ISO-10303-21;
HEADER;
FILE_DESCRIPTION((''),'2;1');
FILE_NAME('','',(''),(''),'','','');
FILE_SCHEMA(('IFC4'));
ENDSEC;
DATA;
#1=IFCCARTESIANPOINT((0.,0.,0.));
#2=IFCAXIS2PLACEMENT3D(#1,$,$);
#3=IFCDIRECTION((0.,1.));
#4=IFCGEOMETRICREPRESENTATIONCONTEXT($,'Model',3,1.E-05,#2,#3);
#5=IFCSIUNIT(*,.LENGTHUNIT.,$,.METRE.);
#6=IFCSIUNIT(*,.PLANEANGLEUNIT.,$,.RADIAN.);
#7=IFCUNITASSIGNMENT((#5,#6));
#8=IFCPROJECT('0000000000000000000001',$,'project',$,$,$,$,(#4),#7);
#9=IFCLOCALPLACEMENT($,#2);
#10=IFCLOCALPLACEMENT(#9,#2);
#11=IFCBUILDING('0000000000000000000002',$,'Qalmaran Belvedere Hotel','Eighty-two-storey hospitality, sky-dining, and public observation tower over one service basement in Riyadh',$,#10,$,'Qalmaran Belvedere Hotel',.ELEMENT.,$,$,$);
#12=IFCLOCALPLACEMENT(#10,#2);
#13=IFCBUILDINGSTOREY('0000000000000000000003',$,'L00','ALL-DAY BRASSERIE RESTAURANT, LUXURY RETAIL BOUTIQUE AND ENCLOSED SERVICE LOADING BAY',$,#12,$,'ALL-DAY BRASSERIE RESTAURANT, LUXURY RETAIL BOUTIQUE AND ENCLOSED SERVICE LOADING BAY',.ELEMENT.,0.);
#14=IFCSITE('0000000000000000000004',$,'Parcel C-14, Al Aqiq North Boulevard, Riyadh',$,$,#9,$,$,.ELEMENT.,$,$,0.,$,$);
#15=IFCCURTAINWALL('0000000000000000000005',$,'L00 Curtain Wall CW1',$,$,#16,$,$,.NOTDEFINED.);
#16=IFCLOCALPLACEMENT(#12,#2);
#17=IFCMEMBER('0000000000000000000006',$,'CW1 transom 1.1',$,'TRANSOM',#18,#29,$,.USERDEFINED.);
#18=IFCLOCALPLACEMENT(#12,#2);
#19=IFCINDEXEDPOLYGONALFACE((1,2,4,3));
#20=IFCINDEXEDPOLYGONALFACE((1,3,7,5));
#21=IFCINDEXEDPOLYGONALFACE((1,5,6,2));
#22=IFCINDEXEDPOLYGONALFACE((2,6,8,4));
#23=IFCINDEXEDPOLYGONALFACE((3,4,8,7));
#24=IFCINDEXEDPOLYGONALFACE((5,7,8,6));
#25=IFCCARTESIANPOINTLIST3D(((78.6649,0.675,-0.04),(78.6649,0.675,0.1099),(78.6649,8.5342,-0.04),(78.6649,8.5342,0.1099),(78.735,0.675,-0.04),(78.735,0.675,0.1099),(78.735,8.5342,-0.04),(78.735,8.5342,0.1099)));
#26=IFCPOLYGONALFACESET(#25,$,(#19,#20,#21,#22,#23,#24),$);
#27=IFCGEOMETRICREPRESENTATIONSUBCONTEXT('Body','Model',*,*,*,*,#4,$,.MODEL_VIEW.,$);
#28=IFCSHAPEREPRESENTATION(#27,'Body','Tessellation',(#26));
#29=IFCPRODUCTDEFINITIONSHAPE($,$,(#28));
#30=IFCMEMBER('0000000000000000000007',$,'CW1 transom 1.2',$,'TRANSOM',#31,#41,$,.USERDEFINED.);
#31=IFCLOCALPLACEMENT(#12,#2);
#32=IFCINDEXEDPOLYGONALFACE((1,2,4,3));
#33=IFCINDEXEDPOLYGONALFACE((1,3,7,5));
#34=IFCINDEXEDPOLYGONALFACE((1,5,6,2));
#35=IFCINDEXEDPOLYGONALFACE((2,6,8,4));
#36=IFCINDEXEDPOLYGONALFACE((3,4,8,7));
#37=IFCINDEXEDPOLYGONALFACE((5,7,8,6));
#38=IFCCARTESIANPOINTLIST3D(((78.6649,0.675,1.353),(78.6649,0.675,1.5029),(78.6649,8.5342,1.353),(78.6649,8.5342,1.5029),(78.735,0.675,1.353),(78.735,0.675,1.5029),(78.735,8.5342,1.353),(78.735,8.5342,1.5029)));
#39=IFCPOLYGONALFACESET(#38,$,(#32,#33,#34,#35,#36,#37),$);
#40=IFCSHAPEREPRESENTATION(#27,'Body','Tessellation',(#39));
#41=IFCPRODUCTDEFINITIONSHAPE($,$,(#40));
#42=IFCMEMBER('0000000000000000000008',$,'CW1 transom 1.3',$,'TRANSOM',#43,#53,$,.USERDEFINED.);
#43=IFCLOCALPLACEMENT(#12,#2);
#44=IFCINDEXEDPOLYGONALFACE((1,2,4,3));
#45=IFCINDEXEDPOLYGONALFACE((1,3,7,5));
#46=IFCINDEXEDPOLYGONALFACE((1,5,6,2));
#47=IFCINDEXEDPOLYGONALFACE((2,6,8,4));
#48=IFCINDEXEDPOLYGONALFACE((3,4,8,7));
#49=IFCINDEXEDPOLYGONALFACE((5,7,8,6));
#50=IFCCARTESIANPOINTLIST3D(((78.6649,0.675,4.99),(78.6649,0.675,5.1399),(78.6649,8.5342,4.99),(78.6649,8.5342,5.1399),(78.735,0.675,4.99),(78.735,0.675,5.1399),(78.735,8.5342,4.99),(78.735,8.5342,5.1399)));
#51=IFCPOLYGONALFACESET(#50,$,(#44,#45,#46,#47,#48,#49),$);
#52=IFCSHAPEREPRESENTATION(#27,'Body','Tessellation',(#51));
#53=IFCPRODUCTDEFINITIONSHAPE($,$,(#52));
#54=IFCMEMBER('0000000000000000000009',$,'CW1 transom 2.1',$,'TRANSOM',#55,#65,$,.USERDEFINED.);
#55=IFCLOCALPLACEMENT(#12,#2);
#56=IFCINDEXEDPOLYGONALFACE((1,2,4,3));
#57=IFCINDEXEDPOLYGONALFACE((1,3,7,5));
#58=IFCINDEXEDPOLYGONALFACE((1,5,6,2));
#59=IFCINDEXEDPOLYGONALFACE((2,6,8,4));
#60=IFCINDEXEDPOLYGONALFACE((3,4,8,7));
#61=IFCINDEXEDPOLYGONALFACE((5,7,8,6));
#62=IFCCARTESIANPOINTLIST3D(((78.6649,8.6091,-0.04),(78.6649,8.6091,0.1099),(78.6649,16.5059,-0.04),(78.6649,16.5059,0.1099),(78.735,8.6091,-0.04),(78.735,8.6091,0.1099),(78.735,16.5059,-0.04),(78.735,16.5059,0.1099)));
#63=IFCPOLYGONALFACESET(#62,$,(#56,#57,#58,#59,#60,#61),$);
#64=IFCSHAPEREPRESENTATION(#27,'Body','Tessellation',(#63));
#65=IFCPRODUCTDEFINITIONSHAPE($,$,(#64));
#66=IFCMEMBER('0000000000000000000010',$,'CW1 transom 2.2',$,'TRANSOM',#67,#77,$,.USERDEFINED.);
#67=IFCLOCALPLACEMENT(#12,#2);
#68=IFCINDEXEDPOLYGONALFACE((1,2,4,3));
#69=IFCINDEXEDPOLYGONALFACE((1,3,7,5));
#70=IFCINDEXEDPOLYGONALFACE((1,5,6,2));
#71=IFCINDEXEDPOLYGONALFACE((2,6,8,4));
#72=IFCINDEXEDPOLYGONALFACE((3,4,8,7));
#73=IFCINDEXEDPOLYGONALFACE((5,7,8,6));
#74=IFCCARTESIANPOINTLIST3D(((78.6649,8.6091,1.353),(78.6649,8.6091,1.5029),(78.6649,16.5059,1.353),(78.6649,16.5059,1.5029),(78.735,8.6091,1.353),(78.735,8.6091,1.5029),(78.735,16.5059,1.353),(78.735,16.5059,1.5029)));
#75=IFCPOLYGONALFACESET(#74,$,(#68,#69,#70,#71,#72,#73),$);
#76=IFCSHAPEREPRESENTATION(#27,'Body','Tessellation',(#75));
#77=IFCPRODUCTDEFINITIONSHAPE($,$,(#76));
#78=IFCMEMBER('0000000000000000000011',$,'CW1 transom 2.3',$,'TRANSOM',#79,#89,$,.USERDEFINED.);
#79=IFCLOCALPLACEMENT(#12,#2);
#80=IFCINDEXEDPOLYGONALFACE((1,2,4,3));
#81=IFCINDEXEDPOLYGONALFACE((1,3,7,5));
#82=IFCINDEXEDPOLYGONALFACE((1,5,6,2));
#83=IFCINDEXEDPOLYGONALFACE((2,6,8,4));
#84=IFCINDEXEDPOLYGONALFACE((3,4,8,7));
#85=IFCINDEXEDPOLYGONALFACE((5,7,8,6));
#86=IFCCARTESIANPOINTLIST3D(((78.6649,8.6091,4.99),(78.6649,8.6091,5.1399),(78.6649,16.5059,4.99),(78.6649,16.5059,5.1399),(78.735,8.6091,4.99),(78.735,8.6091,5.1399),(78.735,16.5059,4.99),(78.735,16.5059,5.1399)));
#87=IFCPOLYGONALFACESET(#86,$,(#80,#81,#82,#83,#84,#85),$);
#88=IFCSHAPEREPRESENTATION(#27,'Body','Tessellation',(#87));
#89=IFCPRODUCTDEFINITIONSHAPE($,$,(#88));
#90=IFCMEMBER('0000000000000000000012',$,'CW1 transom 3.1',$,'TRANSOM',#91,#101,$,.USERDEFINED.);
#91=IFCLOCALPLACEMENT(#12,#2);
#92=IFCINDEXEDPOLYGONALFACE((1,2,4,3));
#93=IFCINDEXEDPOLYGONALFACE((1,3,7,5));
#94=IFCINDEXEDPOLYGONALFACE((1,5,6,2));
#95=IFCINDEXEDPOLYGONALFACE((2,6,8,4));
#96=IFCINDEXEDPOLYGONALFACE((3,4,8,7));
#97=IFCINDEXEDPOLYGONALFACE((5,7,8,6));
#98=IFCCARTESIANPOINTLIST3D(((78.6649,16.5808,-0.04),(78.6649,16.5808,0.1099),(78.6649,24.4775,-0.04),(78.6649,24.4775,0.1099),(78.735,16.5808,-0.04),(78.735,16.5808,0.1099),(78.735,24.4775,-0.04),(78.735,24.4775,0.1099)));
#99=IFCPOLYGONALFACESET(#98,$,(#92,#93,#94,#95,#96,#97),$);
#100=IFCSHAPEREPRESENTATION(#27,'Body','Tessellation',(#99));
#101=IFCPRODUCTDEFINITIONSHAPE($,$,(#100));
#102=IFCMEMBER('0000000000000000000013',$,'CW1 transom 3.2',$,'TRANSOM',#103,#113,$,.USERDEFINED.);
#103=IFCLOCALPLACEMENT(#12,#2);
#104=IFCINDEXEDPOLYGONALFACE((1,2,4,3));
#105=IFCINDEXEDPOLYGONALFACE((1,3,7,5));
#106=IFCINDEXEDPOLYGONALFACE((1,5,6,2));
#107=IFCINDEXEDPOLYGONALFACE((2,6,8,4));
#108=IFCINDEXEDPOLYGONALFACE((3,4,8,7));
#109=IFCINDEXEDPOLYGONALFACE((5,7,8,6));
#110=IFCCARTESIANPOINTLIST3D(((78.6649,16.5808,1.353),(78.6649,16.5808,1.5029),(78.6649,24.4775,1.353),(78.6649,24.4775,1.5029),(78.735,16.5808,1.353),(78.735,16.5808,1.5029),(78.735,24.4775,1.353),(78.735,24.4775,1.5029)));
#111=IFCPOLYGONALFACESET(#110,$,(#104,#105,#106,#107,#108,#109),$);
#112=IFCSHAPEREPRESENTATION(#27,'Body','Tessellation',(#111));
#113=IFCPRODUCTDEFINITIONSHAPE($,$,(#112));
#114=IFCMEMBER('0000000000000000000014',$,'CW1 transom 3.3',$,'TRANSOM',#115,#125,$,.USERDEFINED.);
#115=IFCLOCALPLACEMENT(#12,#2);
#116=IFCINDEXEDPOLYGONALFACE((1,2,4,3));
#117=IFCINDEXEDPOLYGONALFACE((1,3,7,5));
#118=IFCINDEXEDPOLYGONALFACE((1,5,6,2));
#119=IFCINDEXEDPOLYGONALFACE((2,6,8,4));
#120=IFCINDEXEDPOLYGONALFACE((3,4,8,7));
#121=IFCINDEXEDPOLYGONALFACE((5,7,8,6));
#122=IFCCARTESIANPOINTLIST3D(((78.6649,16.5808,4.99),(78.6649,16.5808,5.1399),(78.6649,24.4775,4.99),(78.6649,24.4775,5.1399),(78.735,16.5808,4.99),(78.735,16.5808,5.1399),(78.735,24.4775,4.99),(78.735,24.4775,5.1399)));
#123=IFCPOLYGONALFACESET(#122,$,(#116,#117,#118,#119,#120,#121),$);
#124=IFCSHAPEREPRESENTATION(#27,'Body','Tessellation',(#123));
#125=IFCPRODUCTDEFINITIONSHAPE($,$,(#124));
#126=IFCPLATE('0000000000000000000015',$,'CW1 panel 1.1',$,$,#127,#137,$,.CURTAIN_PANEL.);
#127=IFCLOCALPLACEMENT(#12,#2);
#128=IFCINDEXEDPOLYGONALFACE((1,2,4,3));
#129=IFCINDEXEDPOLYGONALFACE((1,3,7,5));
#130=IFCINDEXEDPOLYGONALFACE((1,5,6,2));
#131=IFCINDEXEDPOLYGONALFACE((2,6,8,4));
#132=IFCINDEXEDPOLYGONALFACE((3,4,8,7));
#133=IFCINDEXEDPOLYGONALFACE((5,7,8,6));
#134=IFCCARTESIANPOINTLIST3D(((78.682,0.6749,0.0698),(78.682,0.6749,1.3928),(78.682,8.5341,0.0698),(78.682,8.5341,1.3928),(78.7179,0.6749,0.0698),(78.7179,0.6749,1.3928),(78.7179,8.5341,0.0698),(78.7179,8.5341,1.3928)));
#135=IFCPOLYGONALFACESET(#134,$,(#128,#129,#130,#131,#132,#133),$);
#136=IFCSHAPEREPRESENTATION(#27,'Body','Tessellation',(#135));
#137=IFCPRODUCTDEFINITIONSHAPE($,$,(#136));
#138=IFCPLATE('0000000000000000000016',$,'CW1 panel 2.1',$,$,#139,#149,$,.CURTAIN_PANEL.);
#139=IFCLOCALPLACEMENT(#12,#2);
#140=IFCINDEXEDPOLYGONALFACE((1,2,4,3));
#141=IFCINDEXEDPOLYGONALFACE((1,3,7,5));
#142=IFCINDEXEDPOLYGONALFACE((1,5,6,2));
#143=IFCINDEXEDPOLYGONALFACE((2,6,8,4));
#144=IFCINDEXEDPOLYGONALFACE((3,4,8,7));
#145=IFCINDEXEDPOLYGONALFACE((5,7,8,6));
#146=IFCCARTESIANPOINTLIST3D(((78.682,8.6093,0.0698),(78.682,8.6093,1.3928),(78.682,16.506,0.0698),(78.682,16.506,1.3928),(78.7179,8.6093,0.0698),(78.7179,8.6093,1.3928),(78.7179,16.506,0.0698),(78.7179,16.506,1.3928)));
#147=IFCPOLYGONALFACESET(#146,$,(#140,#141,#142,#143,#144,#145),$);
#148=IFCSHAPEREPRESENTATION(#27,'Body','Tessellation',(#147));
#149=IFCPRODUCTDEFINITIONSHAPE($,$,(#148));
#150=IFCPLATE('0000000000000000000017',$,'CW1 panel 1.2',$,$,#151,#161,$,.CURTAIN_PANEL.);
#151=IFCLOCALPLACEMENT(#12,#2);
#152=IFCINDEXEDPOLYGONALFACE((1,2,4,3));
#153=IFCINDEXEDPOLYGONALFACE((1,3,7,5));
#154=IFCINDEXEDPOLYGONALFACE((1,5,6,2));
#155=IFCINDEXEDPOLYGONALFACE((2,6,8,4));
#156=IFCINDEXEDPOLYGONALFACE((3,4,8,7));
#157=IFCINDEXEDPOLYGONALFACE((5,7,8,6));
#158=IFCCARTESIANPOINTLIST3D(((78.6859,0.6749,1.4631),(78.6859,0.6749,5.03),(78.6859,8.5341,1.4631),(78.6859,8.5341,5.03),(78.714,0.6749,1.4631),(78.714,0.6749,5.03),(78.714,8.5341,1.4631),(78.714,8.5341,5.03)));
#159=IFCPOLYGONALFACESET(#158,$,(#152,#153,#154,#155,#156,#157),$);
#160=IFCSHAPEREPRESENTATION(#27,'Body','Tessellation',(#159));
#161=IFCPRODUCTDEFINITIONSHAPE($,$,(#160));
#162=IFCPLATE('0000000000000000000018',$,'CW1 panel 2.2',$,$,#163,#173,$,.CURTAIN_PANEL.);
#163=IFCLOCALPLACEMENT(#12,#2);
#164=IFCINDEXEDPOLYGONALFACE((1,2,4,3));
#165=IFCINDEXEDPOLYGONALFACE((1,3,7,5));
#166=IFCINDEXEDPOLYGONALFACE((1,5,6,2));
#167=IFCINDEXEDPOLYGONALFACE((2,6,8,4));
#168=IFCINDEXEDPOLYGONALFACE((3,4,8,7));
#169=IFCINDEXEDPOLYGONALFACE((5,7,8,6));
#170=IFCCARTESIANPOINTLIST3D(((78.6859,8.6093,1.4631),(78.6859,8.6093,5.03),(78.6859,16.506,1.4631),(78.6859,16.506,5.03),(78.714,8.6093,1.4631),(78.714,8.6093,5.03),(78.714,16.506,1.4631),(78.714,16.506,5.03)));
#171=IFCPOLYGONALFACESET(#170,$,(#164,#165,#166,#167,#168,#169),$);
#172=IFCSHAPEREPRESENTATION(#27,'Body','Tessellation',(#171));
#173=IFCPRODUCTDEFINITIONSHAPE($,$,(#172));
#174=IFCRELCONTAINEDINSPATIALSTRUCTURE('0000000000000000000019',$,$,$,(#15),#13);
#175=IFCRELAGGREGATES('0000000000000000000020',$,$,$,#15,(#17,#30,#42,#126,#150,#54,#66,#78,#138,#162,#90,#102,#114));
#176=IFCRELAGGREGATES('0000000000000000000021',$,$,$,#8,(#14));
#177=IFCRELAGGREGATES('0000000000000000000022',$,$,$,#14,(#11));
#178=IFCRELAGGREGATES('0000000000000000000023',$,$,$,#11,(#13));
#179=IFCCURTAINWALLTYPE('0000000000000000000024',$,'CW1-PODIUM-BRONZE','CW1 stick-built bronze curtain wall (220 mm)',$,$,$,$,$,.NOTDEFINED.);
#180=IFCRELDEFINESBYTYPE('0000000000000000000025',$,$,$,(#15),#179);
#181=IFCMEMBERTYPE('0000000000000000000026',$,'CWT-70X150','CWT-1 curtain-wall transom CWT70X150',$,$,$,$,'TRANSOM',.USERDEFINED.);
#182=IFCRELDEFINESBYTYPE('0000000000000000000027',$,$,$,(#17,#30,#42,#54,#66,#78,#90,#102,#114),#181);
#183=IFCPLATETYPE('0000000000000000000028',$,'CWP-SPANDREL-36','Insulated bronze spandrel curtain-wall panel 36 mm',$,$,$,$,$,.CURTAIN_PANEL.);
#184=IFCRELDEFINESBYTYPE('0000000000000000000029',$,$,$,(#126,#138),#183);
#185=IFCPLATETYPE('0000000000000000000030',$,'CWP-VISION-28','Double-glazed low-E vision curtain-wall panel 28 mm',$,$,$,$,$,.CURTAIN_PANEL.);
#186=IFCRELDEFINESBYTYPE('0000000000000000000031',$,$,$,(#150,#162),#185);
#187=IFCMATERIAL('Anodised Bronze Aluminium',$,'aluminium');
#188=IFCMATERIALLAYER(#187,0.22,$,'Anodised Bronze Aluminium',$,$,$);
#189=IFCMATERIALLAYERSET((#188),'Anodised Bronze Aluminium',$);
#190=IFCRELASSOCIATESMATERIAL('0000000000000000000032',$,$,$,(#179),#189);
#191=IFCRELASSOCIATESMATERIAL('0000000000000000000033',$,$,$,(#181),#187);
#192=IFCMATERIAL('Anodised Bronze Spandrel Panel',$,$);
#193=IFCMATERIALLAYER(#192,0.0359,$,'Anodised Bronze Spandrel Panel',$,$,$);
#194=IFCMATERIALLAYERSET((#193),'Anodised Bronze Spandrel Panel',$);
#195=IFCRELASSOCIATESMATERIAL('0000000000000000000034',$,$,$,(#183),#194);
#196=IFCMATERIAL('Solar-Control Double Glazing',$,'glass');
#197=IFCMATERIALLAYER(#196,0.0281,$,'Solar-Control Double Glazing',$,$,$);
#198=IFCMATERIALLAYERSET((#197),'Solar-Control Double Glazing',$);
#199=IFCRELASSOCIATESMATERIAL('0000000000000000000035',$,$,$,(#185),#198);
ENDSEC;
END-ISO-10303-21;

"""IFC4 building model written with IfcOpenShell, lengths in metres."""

from ifc_helpers import new_model, si_unit, direction, frame, origin, origin_2d, place, context, subcontext, project, spatial, rectangle, extrude, material, layer, layer_set, material_profile, profile_set, type_object, element, aggregate, save


model = new_model("IFC4")

# Units and contexts
model_context = context("Model", 3, precision=1e-05, world=origin(), true_north=direction((0.0, 1.0)))
body_context = subcontext(model_context, "Body", "Model", "MODEL_VIEW")
ifc_project = project(units=[si_unit("LENGTHUNIT", "METRE"), si_unit("PLANEANGLEUNIT", "RADIAN")], contexts=[model_context])

# Site, building, storey
site_placement = place(None, origin())
site = spatial("IfcSite", under=ifc_project, at=site_placement, Name="Parcel C-14, Al Aqiq North Boulevard, Riyadh", CompositionType="ELEMENT", RefElevation=0.0)
building_placement = place(site_placement, origin())
building = spatial("IfcBuilding", under=site, at=building_placement, Name="Qalmaran Belvedere Hotel", Description="Eighty-two-storey hospitality, sky-dining, and public observation tower over one service basement in Riyadh", LongName="Qalmaran Belvedere Hotel", CompositionType="ELEMENT")
storey_placement = place(building_placement, origin())
storey = spatial("IfcBuildingStorey", under=building, at=storey_placement, Name="L00", Description="ALL-DAY BRASSERIE RESTAURANT, LUXURY RETAIL BOUTIQUE AND ENCLOSED SERVICE LOADING BAY", LongName="ALL-DAY BRASSERIE RESTAURANT, LUXURY RETAIL BOUTIQUE AND ENCLOSED SERVICE LOADING BAY", CompositionType="ELEMENT", Elevation=0.0)

# Curtain wall, members, plates
ifc_material_1 = material(Name="Anodised Bronze Aluminium", Category="aluminium")
ifc_layer_1 = layer(ifc_material_1, 0.22, Name="Anodised Bronze Aluminium")
ifc_layer_set_1 = layer_set([ifc_layer_1], Name="Anodised Bronze Aluminium")
curtain_wall_type = type_object("IfcCurtainWallType", Name="CW1-PODIUM-BRONZE", Description="CW1 stick-built bronze curtain wall (220 mm)", PredefinedType="NOTDEFINED", material=ifc_layer_set_1)
curtain_wall_placement = place(storey_placement, origin())
curtain_wall = element("IfcCurtainWall", 1, at=curtain_wall_placement, inside=storey, type_object=curtain_wall_type, Name="L00 Curtain Wall CW1", PredefinedType="NOTDEFINED")
ifc_material_profile_1 = material_profile(ifc_material_1, rectangle(XDim=0.0701, YDim=0.1499, at=origin_2d()), Name="CWT70X150")
ifc_profile_set_1 = profile_set([ifc_material_profile_1], Name="Anodised Bronze Aluminium")
member_type_1 = type_object("IfcMemberType", Name="CWT-70X150", Description="CWT-1 curtain-wall transom CWT70X150", ElementType="TRANSOM", PredefinedType="USERDEFINED", material=ifc_profile_set_1)
member_1_placement = place(storey_placement, frame((78.7, 0.675, 0.0349), z_axis=(0.0, 1.0, 0.0), x_axis=(-1.0, 0.0, 0.0)))
member_1 = element("IfcMember", 2, at=member_1_placement, type_object=member_type_1, Name="CW1 transom 1.1", ObjectType="TRANSOM", PredefinedType="USERDEFINED", context=body_context, shape_type="SweptSolid", body=[
    extrude(rectangle(XDim=0.0701, YDim=0.1499, at=origin_2d()), origin(), (0.0, 0.0, 1.0), 7.8591),
])
member_2_placement = place(storey_placement, frame((78.7, 0.675, 1.428), z_axis=(0.0, 1.0, 0.0), x_axis=(-1.0, 0.0, 0.0)))
member_2 = element("IfcMember", 3, at=member_2_placement, type_object=member_type_1, Name="CW1 transom 1.2", ObjectType="TRANSOM", PredefinedType="USERDEFINED", context=body_context, shape_type="SweptSolid", body=[
    extrude(rectangle(XDim=0.0701, YDim=0.1499, at=origin_2d()), origin(), (0.0, 0.0, 1.0), 7.8591),
])
member_3_placement = place(storey_placement, frame((78.7, 0.675, 5.0649), z_axis=(0.0, 1.0, 0.0), x_axis=(-1.0, 0.0, 0.0)))
member_3 = element("IfcMember", 4, at=member_3_placement, type_object=member_type_1, Name="CW1 transom 1.3", ObjectType="TRANSOM", PredefinedType="USERDEFINED", context=body_context, shape_type="SweptSolid", body=[
    extrude(rectangle(XDim=0.0701, YDim=0.1499, at=origin_2d()), origin(), (0.0, 0.0, 1.0), 7.8591),
])
member_4_placement = place(storey_placement, frame((78.7, 8.6091, 0.0349), z_axis=(0.0, 1.0, 0.0), x_axis=(-1.0, 0.0, 0.0)))
member_4 = element("IfcMember", 5, at=member_4_placement, type_object=member_type_1, Name="CW1 transom 2.1", ObjectType="TRANSOM", PredefinedType="USERDEFINED", context=body_context, shape_type="SweptSolid", body=[
    extrude(rectangle(XDim=0.0701, YDim=0.1499, at=origin_2d()), origin(), (0.0, 0.0, 1.0), 7.8967),
])
member_5_placement = place(storey_placement, frame((78.7, 8.6091, 1.428), z_axis=(0.0, 1.0, 0.0), x_axis=(-1.0, 0.0, 0.0)))
member_5 = element("IfcMember", 6, at=member_5_placement, type_object=member_type_1, Name="CW1 transom 2.2", ObjectType="TRANSOM", PredefinedType="USERDEFINED", context=body_context, shape_type="SweptSolid", body=[
    extrude(rectangle(XDim=0.0701, YDim=0.1499, at=origin_2d()), origin(), (0.0, 0.0, 1.0), 7.8967),
])
member_6_placement = place(storey_placement, frame((78.7, 8.6091, 5.0649), z_axis=(0.0, 1.0, 0.0), x_axis=(-1.0, 0.0, 0.0)))
member_6 = element("IfcMember", 7, at=member_6_placement, type_object=member_type_1, Name="CW1 transom 2.3", ObjectType="TRANSOM", PredefinedType="USERDEFINED", context=body_context, shape_type="SweptSolid", body=[
    extrude(rectangle(XDim=0.0701, YDim=0.1499, at=origin_2d()), origin(), (0.0, 0.0, 1.0), 7.8967),
])
member_7_placement = place(storey_placement, frame((78.7, 16.5808, 0.0349), z_axis=(0.0, 1.0, 0.0), x_axis=(-1.0, 0.0, 0.0)))
member_7 = element("IfcMember", 8, at=member_7_placement, type_object=member_type_1, Name="CW1 transom 3.1", ObjectType="TRANSOM", PredefinedType="USERDEFINED", context=body_context, shape_type="SweptSolid", body=[
    extrude(rectangle(XDim=0.0701, YDim=0.1499, at=origin_2d()), origin(), (0.0, 0.0, 1.0), 7.8967),
])
member_8_placement = place(storey_placement, frame((78.7, 16.5808, 1.428), z_axis=(0.0, 1.0, 0.0), x_axis=(-1.0, 0.0, 0.0)))
member_8 = element("IfcMember", 9, at=member_8_placement, type_object=member_type_1, Name="CW1 transom 3.2", ObjectType="TRANSOM", PredefinedType="USERDEFINED", context=body_context, shape_type="SweptSolid", body=[
    extrude(rectangle(XDim=0.0701, YDim=0.1499, at=origin_2d()), origin(), (0.0, 0.0, 1.0), 7.8967),
])
member_9_placement = place(storey_placement, frame((78.7, 16.5808, 5.0649), z_axis=(0.0, 1.0, 0.0), x_axis=(-1.0, 0.0, 0.0)))
member_9 = element("IfcMember", 10, at=member_9_placement, type_object=member_type_1, Name="CW1 transom 3.3", ObjectType="TRANSOM", PredefinedType="USERDEFINED", context=body_context, shape_type="SweptSolid", body=[
    extrude(rectangle(XDim=0.0701, YDim=0.1499, at=origin_2d()), origin(), (0.0, 0.0, 1.0), 7.8967),
])
ifc_material_2 = material(Name="Anodised Bronze Spandrel Panel")
ifc_layer_2 = layer(ifc_material_2, 0.0359, Name="Anodised Bronze Spandrel Panel")
ifc_layer_set_2 = layer_set([ifc_layer_2], Name="Anodised Bronze Spandrel Panel")
plate_type_1 = type_object("IfcPlateType", Name="CWP-SPANDREL-36", Description="Insulated bronze spandrel curtain-wall panel 36 mm", PredefinedType="CURTAIN_PANEL", material=ifc_layer_set_2)
plate_1_placement = place(storey_placement, frame((78.7, 4.6045, 0.0698), z_axis=(0.0, 0.0, 1.0), x_axis=(0.0, 1.0, 0.0)))
plate_1 = element("IfcPlate", 11, at=plate_1_placement, type_object=plate_type_1, Name="CW1 panel 1.1", PredefinedType="CURTAIN_PANEL", context=body_context, shape_type="SweptSolid", body=[
    extrude(rectangle(XDim=7.8591, YDim=0.0359, at=origin_2d()), origin(), (0.0, 0.0, 1.0), 1.323),
])
plate_2_placement = place(storey_placement, frame((78.7, 12.5576, 0.0698), z_axis=(0.0, 0.0, 1.0), x_axis=(0.0, 1.0, 0.0)))
plate_2 = element("IfcPlate", 12, at=plate_2_placement, type_object=plate_type_1, Name="CW1 panel 2.1", PredefinedType="CURTAIN_PANEL", context=body_context, shape_type="SweptSolid", body=[
    extrude(rectangle(XDim=7.8967, YDim=0.0359, at=origin_2d()), origin(), (0.0, 0.0, 1.0), 1.323),
])
ifc_material_3 = material(Name="Solar-Control Double Glazing", Category="glass")
ifc_layer_3 = layer(ifc_material_3, 0.0281, Name="Solar-Control Double Glazing")
ifc_layer_set_3 = layer_set([ifc_layer_3], Name="Solar-Control Double Glazing")
plate_type_2 = type_object("IfcPlateType", Name="CWP-VISION-28", Description="Double-glazed low-E vision curtain-wall panel 28 mm", PredefinedType="CURTAIN_PANEL", material=ifc_layer_set_3)
plate_3_placement = place(storey_placement, frame((78.7, 4.6045, 1.4631), z_axis=(0.0, 0.0, 1.0), x_axis=(0.0, 1.0, 0.0)))
plate_3 = element("IfcPlate", 13, at=plate_3_placement, type_object=plate_type_2, Name="CW1 panel 1.2", PredefinedType="CURTAIN_PANEL", context=body_context, shape_type="SweptSolid", body=[
    extrude(rectangle(XDim=7.8591, YDim=0.0281, at=origin_2d()), origin(), (0.0, 0.0, 1.0), 3.5669),
])
plate_4_placement = place(storey_placement, frame((78.7, 12.5576, 1.4631), z_axis=(0.0, 0.0, 1.0), x_axis=(0.0, 1.0, 0.0)))
plate_4 = element("IfcPlate", 14, at=plate_4_placement, type_object=plate_type_2, Name="CW1 panel 2.2", PredefinedType="CURTAIN_PANEL", context=body_context, shape_type="SweptSolid", body=[
    extrude(rectangle(XDim=7.8967, YDim=0.0281, at=origin_2d()), origin(), (0.0, 0.0, 1.0), 3.5669),
])
aggregate(curtain_wall, [member_1, member_2, member_3, plate_1, plate_3, member_4, member_5, member_6, plate_2, plate_4, member_7, member_8, member_9])

save(model, "model.ifc")
